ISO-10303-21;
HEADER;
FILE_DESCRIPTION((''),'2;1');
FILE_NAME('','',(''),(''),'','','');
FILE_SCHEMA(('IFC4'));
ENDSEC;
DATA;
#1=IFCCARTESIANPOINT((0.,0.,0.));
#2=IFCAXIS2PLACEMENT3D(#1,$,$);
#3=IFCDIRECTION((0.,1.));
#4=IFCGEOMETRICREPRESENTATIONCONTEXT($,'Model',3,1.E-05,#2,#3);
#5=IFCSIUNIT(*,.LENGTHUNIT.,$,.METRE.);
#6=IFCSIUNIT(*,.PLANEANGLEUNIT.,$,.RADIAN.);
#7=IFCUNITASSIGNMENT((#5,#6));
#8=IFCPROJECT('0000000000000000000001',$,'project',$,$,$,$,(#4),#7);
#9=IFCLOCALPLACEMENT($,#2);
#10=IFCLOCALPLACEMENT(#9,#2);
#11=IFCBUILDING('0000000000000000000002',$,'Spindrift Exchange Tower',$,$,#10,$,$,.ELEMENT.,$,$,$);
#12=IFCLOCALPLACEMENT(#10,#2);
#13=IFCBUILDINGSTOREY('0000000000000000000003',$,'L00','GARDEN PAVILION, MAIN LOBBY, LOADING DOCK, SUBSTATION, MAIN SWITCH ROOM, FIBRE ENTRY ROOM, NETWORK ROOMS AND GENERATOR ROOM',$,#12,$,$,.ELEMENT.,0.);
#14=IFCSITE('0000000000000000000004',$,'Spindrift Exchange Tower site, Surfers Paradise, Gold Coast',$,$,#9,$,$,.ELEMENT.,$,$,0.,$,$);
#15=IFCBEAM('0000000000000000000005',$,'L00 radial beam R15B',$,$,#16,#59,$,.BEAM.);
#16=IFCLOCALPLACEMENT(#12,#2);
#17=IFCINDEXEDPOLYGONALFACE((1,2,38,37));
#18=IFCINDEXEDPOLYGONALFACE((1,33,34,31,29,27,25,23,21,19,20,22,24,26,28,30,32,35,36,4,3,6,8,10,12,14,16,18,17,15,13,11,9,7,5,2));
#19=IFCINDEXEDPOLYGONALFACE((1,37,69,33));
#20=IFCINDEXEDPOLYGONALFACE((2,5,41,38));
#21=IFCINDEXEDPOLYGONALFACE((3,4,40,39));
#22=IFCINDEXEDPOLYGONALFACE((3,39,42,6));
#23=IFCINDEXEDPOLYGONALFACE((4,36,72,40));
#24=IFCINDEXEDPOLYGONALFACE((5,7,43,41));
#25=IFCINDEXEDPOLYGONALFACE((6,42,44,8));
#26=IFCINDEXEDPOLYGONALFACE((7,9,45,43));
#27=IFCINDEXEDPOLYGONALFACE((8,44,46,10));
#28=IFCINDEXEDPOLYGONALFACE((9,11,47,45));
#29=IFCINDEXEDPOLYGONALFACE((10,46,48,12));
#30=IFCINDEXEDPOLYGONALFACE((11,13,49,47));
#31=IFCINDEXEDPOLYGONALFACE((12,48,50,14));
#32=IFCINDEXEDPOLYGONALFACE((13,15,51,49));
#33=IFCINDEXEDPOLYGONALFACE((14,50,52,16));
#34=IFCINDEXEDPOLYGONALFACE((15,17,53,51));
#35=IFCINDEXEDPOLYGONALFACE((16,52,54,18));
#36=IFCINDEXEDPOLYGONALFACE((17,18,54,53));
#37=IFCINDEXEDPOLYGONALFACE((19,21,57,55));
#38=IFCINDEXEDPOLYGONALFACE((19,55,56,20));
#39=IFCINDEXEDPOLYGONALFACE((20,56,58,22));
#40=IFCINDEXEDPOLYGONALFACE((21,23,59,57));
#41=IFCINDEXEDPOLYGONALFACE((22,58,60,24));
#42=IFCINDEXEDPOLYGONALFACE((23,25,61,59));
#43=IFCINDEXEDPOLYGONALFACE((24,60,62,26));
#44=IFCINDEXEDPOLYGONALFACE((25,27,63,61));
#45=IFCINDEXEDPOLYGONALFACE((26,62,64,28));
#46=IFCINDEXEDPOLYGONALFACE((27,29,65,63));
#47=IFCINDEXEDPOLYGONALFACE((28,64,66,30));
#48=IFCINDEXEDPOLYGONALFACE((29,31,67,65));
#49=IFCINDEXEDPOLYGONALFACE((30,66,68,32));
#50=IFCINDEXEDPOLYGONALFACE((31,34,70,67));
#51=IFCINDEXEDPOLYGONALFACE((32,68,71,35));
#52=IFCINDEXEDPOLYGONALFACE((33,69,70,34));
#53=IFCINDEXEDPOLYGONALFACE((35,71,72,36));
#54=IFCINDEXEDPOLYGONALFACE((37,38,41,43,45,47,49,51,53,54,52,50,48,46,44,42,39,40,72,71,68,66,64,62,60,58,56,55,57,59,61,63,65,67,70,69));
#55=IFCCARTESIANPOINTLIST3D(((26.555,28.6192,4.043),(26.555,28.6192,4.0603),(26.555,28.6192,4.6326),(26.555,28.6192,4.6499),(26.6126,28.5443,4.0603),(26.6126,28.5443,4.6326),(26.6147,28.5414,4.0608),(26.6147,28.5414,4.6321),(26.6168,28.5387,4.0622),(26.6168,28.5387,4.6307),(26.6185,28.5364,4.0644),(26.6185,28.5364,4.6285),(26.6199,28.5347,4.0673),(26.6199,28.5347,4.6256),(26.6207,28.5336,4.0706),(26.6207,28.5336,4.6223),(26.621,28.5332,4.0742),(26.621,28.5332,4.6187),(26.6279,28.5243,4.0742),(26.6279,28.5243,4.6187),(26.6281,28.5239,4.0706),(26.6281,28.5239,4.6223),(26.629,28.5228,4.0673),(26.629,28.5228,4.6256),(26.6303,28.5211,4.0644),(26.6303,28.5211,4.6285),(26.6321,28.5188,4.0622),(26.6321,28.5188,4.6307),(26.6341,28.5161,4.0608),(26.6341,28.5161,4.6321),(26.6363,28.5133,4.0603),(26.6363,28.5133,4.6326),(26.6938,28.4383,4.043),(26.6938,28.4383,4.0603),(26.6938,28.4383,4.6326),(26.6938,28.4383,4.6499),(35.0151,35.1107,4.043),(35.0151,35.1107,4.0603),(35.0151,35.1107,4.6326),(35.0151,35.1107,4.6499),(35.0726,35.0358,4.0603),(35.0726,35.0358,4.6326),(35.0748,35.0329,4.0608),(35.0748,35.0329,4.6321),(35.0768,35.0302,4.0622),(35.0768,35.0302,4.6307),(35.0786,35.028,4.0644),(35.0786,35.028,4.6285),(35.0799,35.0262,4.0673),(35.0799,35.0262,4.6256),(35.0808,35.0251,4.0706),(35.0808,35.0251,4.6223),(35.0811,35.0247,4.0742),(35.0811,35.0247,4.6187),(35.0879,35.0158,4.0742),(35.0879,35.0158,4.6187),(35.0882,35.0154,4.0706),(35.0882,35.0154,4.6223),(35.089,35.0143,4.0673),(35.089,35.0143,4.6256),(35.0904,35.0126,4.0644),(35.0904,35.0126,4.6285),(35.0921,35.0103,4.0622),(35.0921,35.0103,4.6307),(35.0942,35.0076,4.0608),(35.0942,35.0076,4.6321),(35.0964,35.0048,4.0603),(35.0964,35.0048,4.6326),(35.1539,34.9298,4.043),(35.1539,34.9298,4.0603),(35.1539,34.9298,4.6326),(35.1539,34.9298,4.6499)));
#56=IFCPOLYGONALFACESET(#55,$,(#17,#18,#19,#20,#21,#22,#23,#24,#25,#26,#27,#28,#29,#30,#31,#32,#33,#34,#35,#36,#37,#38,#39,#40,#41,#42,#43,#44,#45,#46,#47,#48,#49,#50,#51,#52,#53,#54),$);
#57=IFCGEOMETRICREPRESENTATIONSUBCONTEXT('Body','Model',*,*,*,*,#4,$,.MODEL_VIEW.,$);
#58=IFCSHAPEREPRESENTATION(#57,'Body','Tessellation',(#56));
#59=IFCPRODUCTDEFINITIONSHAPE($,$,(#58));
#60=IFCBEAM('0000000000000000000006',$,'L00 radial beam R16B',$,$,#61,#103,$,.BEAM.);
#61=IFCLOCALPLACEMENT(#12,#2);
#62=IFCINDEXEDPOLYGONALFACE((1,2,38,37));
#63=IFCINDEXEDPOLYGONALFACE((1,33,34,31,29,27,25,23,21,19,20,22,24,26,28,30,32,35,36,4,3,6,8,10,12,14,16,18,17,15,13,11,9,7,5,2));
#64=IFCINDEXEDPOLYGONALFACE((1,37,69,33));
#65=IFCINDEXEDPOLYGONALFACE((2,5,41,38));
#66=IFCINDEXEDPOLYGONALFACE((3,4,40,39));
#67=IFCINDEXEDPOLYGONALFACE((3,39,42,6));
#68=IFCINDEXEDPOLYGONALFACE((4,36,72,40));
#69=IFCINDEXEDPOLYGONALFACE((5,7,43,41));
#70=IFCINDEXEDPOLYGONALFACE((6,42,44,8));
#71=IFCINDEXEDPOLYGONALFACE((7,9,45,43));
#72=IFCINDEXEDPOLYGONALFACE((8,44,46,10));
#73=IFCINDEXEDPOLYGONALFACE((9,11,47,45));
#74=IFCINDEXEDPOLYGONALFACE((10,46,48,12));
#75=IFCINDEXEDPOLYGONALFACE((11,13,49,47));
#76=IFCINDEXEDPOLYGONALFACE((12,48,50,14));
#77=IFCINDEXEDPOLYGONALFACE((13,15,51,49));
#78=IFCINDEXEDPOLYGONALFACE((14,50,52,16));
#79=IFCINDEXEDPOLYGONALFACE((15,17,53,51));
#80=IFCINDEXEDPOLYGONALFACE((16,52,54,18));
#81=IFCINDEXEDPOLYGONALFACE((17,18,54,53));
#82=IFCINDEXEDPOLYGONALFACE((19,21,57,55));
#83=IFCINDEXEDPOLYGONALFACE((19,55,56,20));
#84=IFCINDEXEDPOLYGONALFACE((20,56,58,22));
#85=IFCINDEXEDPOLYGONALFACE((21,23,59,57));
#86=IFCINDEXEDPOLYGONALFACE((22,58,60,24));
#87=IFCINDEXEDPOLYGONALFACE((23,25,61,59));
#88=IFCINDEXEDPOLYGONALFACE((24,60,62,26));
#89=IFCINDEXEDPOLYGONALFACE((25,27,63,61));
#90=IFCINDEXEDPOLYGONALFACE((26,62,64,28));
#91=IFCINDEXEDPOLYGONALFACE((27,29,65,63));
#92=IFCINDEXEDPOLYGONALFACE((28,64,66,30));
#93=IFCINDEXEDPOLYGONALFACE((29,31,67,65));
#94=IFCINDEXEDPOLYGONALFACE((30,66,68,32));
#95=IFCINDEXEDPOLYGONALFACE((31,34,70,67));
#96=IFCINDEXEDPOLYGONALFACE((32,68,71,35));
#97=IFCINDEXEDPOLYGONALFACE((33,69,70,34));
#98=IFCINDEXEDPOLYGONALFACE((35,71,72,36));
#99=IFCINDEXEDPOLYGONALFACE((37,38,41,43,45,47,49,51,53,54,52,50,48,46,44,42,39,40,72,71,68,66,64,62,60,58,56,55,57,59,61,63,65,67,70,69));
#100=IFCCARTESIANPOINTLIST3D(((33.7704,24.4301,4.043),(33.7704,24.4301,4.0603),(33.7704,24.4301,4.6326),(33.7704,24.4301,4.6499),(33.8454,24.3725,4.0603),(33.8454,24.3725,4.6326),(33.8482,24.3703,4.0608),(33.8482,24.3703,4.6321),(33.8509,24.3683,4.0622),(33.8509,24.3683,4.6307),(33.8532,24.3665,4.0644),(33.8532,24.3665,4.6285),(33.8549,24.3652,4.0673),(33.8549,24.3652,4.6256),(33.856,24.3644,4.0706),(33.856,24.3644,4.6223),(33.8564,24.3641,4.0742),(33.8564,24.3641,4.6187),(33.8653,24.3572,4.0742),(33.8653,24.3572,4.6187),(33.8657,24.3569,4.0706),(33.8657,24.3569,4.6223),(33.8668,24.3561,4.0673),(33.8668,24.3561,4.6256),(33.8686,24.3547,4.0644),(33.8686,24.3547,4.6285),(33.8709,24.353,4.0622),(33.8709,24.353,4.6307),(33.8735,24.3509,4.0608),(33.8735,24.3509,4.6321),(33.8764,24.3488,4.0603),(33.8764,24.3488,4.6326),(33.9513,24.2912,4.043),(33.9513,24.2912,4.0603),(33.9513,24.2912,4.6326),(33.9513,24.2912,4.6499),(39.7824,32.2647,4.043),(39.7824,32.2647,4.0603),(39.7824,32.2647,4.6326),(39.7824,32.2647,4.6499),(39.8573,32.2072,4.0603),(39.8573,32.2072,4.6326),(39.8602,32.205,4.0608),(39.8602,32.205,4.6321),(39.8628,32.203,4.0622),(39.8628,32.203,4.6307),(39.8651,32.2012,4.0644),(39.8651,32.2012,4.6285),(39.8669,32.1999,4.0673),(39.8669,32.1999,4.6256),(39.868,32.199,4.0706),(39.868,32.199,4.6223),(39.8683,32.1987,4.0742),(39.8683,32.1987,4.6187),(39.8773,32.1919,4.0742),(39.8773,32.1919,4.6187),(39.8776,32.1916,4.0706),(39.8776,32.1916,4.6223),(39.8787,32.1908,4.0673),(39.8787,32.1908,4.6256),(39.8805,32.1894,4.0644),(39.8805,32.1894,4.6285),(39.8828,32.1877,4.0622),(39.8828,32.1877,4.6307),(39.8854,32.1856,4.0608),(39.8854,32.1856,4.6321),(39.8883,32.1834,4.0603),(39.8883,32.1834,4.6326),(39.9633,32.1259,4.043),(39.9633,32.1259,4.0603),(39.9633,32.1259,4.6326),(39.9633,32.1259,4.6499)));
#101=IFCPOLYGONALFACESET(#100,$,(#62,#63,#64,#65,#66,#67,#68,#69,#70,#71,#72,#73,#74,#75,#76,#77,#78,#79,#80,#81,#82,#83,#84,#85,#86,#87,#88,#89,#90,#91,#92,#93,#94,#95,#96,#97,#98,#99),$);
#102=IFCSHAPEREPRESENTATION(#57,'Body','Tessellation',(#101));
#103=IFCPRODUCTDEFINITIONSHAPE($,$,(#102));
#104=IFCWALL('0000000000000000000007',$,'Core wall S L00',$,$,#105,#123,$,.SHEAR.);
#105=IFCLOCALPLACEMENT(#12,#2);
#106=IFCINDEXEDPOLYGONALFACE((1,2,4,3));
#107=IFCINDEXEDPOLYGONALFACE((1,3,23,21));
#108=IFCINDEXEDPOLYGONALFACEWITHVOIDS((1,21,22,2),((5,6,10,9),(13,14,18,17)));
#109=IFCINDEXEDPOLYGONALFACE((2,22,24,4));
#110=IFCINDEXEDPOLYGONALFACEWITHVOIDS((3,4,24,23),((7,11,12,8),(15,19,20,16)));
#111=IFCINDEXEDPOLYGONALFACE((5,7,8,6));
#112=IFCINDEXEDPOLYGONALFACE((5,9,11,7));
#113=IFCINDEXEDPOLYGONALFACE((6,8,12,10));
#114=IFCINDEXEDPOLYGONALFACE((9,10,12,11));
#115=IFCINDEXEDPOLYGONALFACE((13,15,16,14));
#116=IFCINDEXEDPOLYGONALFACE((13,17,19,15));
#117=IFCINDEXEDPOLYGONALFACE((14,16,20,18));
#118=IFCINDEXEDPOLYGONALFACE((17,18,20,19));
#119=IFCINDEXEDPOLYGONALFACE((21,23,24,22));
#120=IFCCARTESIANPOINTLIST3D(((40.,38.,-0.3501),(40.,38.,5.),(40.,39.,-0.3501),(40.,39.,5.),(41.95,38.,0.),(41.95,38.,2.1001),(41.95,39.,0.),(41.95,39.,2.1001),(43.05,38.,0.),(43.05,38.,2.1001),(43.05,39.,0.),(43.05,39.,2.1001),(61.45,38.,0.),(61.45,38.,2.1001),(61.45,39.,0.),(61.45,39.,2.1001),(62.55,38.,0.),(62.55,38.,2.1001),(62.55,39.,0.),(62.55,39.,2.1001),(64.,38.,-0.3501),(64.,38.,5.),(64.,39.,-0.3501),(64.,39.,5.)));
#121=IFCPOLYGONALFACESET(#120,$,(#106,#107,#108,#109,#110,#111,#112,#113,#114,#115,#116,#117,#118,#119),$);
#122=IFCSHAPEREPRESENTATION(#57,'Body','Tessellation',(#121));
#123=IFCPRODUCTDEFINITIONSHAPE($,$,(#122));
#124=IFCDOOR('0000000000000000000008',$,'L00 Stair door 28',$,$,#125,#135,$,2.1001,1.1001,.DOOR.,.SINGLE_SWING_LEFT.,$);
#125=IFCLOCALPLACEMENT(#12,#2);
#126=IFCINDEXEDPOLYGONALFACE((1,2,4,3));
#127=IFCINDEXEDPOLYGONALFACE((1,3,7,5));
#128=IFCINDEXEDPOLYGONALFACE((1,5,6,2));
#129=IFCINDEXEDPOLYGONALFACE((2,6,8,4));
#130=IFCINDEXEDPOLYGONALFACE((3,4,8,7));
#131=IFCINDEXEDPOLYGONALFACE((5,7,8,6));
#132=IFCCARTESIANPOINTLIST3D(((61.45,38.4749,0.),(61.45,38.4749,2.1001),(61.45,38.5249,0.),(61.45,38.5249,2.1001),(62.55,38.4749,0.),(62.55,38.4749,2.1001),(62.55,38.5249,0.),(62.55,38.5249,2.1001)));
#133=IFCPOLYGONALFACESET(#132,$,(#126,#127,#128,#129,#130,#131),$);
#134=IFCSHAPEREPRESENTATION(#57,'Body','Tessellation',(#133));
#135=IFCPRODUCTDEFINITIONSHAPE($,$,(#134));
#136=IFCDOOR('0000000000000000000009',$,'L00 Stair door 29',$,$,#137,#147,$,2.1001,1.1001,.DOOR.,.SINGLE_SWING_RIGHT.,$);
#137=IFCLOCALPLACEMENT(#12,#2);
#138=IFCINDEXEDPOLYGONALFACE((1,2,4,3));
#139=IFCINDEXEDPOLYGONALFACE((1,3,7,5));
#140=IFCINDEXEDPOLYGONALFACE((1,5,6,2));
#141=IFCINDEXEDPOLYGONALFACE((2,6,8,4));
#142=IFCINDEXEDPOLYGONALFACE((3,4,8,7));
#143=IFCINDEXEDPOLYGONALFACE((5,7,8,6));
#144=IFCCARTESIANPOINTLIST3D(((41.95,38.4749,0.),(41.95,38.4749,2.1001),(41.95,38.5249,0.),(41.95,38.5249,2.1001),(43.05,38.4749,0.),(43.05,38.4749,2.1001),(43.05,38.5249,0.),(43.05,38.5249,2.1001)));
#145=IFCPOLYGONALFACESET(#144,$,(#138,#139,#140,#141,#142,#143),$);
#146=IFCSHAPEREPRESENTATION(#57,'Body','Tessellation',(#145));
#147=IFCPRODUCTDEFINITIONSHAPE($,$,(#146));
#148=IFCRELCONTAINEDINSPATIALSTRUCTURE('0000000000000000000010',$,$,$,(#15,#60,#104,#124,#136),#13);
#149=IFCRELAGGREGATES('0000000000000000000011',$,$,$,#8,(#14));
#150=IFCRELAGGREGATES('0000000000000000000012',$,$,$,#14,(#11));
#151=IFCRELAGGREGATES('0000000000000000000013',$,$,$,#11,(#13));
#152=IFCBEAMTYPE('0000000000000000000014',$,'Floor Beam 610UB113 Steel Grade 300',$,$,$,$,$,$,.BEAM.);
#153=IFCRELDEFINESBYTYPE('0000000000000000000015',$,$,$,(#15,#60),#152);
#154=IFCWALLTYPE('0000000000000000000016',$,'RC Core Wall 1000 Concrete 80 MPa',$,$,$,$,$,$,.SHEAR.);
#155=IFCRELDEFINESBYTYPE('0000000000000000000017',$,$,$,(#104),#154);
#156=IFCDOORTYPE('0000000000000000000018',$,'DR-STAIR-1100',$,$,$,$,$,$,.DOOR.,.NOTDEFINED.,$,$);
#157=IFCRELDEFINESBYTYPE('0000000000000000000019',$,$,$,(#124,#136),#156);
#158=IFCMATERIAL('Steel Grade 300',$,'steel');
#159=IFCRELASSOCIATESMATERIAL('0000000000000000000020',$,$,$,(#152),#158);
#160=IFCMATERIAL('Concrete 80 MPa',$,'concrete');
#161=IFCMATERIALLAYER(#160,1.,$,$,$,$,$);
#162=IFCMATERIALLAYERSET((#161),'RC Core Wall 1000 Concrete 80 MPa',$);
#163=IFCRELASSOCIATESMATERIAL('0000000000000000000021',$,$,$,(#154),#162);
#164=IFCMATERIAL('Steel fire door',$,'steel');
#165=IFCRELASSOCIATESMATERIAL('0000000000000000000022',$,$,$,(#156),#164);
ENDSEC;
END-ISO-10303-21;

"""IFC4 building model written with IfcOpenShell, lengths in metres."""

from ifc_helpers import new_model, si_unit, direction, frame, frame_2d, origin, origin_2d, place, context, subcontext, project, spatial, rectangle, i_section, extrude, source, transform, mapped, material, layer, layer_set, material_profile, profile_set, type_object, element, fill, save


model = new_model("IFC4")

# Units and contexts
model_context = context("Model", 3, precision=1e-05, world=origin(), true_north=direction((0.0, 1.0)))
body_context = subcontext(model_context, "Body", "Model", "MODEL_VIEW")
ifc_project = project(units=[si_unit("LENGTHUNIT", "METRE"), si_unit("PLANEANGLEUNIT", "RADIAN")], contexts=[model_context])

# Site, building, storey
site_placement = place(None, origin())
site = spatial("IfcSite", under=ifc_project, at=site_placement, Name="Spindrift Exchange Tower site, Surfers Paradise, Gold Coast", CompositionType="ELEMENT", RefElevation=0.0)
building_placement = place(site_placement, origin())
building = spatial("IfcBuilding", under=site, at=building_placement, Name="Spindrift Exchange Tower", CompositionType="ELEMENT")
storey_placement = place(building_placement, origin())
storey = spatial("IfcBuildingStorey", under=building, at=storey_placement, Name="L00", Description="GARDEN PAVILION, MAIN LOBBY, LOADING DOCK, SUBSTATION, MAIN SWITCH ROOM, FIBRE ENTRY ROOM, NETWORK ROOMS AND GENERATOR ROOM", CompositionType="ELEMENT", Elevation=0.0)

# Shared definitions
ifc_material_1 = material(Name="Concrete 80 MPa", Category="concrete")

# Beams
ifc_material_2 = material(Name="Steel Grade 300", Category="steel")
ifc_material_profile_1 = material_profile(ifc_material_2, i_section(OverallWidth=0.228, OverallDepth=0.6069, WebThickness=0.0112, FlangeThickness=0.0173, FilletRadius=0.0139, at=origin_2d()), Name="610UB113")
ifc_profile_set_1 = profile_set([ifc_material_profile_1], Name="Steel Grade 300")
beam_type_1 = type_object("IfcBeamType", Name="Floor Beam 610UB113 Steel Grade 300", PredefinedType="BEAM", material=ifc_profile_set_1)
shared_shape_1 = source(origin(), body_context, "Body", "SweptSolid", [
    extrude(i_section(OverallWidth=0.228, OverallDepth=0.6069, WebThickness=0.0112, FlangeThickness=0.0173, FilletRadius=0.0139, at=origin_2d()), origin(), (0.0, 0.0, 1.0), 10.6636),
])
beam_1_placement = place(storey_placement, frame((35.0845, 35.0203, 4.3464), z_axis=(-0.793358, -0.608755, 0.0), x_axis=(0.608755, -0.793358, 0.0)))
element("IfcBeam", 1, at=beam_1_placement, inside=storey, type_object=beam_type_1, Name="L00 radial beam R15B", PredefinedType="BEAM", context=body_context, shape_type="MappedRepresentation", body=[
    mapped(shared_shape_1, transform((0.0, 0.0, 0.0), scale=1.0)),
])
shared_shape_2 = source(origin(), body_context, "Body", "SweptSolid", [
    extrude(i_section(OverallWidth=0.228, OverallDepth=0.6069, WebThickness=0.0112, FlangeThickness=0.0173, FilletRadius=0.0139, at=origin_2d()), origin(), (0.0, 0.0, 1.0), 9.8755),
])
beam_2_placement = place(storey_placement, frame((39.8728, 32.1953, 4.3464), z_axis=(-0.608772, -0.793345, 0.0), x_axis=(0.793345, -0.608772, 0.0)))
element("IfcBeam", 2, at=beam_2_placement, inside=storey, type_object=beam_type_1, Name="L00 radial beam R16B", PredefinedType="BEAM", context=body_context, shape_type="MappedRepresentation", body=[
    mapped(shared_shape_2, transform((0.0, 0.0, 0.0), scale=1.0)),
])

# Wall, openings, doors
ifc_layer_1 = layer(ifc_material_1, 1.0)
ifc_layer_set_1 = layer_set([ifc_layer_1], Name="RC Core Wall 1000 Concrete 80 MPa")
wall_type_1 = type_object("IfcWallType", Name="RC Core Wall 1000 Concrete 80 MPa", PredefinedType="SHEAR", material=ifc_layer_set_1)
wall_1_placement = place(storey_placement, frame((40.0, 38.5, -0.3501), z_axis=(0.0, 0.0, 1.0), x_axis=(1.0, 0.0, 0.0)))
wall_1 = element("IfcWall", 3, at=wall_1_placement, inside=storey, type_object=wall_type_1, Name="Core wall S L00", PredefinedType="SHEAR", context=body_context, shape_type="SweptSolid", body=[
    extrude(rectangle(XDim=24.0, YDim=1.0, at=frame_2d((12.0, 0.0))), origin(), (0.0, 0.0, 1.0), 5.3501),
])
opening_1_placement = place(wall_1_placement, frame((21.45, 0.0, 0.3501)))
opening_1 = element("IfcOpeningElement", 4, at=opening_1_placement, cuts=wall_1, PredefinedType="OPENING", context=body_context, shape_type="SweptSolid", body=[
    extrude(rectangle(XDim=1.1001, YDim=2.1001, at=frame_2d((0.55, 1.05))), frame((0.0, 0.51, 0.0), z_axis=(0.0, -1.0, 0.0), x_axis=(1.0, 0.0, 0.0)), (0.0, 0.0, 1.0), 1.02),
])
opening_2_placement = place(wall_1_placement, frame((1.95, 0.0, 0.3501)))
opening_2 = element("IfcOpeningElement", 5, at=opening_2_placement, cuts=wall_1, PredefinedType="OPENING", context=body_context, shape_type="SweptSolid", body=[
    extrude(rectangle(XDim=1.1001, YDim=2.1001, at=frame_2d((0.55, 1.05))), frame((0.0, 0.51, 0.0), z_axis=(0.0, -1.0, 0.0), x_axis=(1.0, 0.0, 0.0)), (0.0, 0.0, 1.0), 1.02),
])
ifc_material_3 = material(Name="Steel fire door", Category="steel")
door_type_1 = type_object("IfcDoorType", Name="DR-STAIR-1100", OperationType="NOTDEFINED", PredefinedType="DOOR", material=ifc_material_3)
shared_shape_3 = source(origin(), body_context, "Body", "SweptSolid", [
    extrude(rectangle(XDim=1.1001, YDim=2.1001, at=frame_2d((0.55, 1.05))), frame((0.0, 0.0249, 0.0), z_axis=(0.0, -1.0, 0.0), x_axis=(1.0, 0.0, 0.0)), (0.0, 0.0, 1.0), 0.05),
])
door_1_placement = place(opening_1_placement, origin())
door_1 = element("IfcDoor", 6, at=door_1_placement, inside=storey, type_object=door_type_1, Name="L00 Stair door 28", OperationType="SINGLE_SWING_LEFT", OverallHeight=2.1001, OverallWidth=1.1001, PredefinedType="DOOR", context=body_context, shape_type="MappedRepresentation", body=[
    mapped(shared_shape_3, transform((0.0, 0.0, 0.0), scale=1.0)),
])
fill(opening_1, door_1)
door_2_placement = place(opening_2_placement, origin())
door_2 = element("IfcDoor", 7, at=door_2_placement, inside=storey, type_object=door_type_1, Name="L00 Stair door 29", OperationType="SINGLE_SWING_RIGHT", OverallHeight=2.1001, OverallWidth=1.1001, PredefinedType="DOOR", context=body_context, shape_type="MappedRepresentation", body=[
    mapped(shared_shape_3, transform((0.0, 0.0, 0.0), scale=1.0)),
])
fill(opening_2, door_2)

save(model, "model.ifc")
